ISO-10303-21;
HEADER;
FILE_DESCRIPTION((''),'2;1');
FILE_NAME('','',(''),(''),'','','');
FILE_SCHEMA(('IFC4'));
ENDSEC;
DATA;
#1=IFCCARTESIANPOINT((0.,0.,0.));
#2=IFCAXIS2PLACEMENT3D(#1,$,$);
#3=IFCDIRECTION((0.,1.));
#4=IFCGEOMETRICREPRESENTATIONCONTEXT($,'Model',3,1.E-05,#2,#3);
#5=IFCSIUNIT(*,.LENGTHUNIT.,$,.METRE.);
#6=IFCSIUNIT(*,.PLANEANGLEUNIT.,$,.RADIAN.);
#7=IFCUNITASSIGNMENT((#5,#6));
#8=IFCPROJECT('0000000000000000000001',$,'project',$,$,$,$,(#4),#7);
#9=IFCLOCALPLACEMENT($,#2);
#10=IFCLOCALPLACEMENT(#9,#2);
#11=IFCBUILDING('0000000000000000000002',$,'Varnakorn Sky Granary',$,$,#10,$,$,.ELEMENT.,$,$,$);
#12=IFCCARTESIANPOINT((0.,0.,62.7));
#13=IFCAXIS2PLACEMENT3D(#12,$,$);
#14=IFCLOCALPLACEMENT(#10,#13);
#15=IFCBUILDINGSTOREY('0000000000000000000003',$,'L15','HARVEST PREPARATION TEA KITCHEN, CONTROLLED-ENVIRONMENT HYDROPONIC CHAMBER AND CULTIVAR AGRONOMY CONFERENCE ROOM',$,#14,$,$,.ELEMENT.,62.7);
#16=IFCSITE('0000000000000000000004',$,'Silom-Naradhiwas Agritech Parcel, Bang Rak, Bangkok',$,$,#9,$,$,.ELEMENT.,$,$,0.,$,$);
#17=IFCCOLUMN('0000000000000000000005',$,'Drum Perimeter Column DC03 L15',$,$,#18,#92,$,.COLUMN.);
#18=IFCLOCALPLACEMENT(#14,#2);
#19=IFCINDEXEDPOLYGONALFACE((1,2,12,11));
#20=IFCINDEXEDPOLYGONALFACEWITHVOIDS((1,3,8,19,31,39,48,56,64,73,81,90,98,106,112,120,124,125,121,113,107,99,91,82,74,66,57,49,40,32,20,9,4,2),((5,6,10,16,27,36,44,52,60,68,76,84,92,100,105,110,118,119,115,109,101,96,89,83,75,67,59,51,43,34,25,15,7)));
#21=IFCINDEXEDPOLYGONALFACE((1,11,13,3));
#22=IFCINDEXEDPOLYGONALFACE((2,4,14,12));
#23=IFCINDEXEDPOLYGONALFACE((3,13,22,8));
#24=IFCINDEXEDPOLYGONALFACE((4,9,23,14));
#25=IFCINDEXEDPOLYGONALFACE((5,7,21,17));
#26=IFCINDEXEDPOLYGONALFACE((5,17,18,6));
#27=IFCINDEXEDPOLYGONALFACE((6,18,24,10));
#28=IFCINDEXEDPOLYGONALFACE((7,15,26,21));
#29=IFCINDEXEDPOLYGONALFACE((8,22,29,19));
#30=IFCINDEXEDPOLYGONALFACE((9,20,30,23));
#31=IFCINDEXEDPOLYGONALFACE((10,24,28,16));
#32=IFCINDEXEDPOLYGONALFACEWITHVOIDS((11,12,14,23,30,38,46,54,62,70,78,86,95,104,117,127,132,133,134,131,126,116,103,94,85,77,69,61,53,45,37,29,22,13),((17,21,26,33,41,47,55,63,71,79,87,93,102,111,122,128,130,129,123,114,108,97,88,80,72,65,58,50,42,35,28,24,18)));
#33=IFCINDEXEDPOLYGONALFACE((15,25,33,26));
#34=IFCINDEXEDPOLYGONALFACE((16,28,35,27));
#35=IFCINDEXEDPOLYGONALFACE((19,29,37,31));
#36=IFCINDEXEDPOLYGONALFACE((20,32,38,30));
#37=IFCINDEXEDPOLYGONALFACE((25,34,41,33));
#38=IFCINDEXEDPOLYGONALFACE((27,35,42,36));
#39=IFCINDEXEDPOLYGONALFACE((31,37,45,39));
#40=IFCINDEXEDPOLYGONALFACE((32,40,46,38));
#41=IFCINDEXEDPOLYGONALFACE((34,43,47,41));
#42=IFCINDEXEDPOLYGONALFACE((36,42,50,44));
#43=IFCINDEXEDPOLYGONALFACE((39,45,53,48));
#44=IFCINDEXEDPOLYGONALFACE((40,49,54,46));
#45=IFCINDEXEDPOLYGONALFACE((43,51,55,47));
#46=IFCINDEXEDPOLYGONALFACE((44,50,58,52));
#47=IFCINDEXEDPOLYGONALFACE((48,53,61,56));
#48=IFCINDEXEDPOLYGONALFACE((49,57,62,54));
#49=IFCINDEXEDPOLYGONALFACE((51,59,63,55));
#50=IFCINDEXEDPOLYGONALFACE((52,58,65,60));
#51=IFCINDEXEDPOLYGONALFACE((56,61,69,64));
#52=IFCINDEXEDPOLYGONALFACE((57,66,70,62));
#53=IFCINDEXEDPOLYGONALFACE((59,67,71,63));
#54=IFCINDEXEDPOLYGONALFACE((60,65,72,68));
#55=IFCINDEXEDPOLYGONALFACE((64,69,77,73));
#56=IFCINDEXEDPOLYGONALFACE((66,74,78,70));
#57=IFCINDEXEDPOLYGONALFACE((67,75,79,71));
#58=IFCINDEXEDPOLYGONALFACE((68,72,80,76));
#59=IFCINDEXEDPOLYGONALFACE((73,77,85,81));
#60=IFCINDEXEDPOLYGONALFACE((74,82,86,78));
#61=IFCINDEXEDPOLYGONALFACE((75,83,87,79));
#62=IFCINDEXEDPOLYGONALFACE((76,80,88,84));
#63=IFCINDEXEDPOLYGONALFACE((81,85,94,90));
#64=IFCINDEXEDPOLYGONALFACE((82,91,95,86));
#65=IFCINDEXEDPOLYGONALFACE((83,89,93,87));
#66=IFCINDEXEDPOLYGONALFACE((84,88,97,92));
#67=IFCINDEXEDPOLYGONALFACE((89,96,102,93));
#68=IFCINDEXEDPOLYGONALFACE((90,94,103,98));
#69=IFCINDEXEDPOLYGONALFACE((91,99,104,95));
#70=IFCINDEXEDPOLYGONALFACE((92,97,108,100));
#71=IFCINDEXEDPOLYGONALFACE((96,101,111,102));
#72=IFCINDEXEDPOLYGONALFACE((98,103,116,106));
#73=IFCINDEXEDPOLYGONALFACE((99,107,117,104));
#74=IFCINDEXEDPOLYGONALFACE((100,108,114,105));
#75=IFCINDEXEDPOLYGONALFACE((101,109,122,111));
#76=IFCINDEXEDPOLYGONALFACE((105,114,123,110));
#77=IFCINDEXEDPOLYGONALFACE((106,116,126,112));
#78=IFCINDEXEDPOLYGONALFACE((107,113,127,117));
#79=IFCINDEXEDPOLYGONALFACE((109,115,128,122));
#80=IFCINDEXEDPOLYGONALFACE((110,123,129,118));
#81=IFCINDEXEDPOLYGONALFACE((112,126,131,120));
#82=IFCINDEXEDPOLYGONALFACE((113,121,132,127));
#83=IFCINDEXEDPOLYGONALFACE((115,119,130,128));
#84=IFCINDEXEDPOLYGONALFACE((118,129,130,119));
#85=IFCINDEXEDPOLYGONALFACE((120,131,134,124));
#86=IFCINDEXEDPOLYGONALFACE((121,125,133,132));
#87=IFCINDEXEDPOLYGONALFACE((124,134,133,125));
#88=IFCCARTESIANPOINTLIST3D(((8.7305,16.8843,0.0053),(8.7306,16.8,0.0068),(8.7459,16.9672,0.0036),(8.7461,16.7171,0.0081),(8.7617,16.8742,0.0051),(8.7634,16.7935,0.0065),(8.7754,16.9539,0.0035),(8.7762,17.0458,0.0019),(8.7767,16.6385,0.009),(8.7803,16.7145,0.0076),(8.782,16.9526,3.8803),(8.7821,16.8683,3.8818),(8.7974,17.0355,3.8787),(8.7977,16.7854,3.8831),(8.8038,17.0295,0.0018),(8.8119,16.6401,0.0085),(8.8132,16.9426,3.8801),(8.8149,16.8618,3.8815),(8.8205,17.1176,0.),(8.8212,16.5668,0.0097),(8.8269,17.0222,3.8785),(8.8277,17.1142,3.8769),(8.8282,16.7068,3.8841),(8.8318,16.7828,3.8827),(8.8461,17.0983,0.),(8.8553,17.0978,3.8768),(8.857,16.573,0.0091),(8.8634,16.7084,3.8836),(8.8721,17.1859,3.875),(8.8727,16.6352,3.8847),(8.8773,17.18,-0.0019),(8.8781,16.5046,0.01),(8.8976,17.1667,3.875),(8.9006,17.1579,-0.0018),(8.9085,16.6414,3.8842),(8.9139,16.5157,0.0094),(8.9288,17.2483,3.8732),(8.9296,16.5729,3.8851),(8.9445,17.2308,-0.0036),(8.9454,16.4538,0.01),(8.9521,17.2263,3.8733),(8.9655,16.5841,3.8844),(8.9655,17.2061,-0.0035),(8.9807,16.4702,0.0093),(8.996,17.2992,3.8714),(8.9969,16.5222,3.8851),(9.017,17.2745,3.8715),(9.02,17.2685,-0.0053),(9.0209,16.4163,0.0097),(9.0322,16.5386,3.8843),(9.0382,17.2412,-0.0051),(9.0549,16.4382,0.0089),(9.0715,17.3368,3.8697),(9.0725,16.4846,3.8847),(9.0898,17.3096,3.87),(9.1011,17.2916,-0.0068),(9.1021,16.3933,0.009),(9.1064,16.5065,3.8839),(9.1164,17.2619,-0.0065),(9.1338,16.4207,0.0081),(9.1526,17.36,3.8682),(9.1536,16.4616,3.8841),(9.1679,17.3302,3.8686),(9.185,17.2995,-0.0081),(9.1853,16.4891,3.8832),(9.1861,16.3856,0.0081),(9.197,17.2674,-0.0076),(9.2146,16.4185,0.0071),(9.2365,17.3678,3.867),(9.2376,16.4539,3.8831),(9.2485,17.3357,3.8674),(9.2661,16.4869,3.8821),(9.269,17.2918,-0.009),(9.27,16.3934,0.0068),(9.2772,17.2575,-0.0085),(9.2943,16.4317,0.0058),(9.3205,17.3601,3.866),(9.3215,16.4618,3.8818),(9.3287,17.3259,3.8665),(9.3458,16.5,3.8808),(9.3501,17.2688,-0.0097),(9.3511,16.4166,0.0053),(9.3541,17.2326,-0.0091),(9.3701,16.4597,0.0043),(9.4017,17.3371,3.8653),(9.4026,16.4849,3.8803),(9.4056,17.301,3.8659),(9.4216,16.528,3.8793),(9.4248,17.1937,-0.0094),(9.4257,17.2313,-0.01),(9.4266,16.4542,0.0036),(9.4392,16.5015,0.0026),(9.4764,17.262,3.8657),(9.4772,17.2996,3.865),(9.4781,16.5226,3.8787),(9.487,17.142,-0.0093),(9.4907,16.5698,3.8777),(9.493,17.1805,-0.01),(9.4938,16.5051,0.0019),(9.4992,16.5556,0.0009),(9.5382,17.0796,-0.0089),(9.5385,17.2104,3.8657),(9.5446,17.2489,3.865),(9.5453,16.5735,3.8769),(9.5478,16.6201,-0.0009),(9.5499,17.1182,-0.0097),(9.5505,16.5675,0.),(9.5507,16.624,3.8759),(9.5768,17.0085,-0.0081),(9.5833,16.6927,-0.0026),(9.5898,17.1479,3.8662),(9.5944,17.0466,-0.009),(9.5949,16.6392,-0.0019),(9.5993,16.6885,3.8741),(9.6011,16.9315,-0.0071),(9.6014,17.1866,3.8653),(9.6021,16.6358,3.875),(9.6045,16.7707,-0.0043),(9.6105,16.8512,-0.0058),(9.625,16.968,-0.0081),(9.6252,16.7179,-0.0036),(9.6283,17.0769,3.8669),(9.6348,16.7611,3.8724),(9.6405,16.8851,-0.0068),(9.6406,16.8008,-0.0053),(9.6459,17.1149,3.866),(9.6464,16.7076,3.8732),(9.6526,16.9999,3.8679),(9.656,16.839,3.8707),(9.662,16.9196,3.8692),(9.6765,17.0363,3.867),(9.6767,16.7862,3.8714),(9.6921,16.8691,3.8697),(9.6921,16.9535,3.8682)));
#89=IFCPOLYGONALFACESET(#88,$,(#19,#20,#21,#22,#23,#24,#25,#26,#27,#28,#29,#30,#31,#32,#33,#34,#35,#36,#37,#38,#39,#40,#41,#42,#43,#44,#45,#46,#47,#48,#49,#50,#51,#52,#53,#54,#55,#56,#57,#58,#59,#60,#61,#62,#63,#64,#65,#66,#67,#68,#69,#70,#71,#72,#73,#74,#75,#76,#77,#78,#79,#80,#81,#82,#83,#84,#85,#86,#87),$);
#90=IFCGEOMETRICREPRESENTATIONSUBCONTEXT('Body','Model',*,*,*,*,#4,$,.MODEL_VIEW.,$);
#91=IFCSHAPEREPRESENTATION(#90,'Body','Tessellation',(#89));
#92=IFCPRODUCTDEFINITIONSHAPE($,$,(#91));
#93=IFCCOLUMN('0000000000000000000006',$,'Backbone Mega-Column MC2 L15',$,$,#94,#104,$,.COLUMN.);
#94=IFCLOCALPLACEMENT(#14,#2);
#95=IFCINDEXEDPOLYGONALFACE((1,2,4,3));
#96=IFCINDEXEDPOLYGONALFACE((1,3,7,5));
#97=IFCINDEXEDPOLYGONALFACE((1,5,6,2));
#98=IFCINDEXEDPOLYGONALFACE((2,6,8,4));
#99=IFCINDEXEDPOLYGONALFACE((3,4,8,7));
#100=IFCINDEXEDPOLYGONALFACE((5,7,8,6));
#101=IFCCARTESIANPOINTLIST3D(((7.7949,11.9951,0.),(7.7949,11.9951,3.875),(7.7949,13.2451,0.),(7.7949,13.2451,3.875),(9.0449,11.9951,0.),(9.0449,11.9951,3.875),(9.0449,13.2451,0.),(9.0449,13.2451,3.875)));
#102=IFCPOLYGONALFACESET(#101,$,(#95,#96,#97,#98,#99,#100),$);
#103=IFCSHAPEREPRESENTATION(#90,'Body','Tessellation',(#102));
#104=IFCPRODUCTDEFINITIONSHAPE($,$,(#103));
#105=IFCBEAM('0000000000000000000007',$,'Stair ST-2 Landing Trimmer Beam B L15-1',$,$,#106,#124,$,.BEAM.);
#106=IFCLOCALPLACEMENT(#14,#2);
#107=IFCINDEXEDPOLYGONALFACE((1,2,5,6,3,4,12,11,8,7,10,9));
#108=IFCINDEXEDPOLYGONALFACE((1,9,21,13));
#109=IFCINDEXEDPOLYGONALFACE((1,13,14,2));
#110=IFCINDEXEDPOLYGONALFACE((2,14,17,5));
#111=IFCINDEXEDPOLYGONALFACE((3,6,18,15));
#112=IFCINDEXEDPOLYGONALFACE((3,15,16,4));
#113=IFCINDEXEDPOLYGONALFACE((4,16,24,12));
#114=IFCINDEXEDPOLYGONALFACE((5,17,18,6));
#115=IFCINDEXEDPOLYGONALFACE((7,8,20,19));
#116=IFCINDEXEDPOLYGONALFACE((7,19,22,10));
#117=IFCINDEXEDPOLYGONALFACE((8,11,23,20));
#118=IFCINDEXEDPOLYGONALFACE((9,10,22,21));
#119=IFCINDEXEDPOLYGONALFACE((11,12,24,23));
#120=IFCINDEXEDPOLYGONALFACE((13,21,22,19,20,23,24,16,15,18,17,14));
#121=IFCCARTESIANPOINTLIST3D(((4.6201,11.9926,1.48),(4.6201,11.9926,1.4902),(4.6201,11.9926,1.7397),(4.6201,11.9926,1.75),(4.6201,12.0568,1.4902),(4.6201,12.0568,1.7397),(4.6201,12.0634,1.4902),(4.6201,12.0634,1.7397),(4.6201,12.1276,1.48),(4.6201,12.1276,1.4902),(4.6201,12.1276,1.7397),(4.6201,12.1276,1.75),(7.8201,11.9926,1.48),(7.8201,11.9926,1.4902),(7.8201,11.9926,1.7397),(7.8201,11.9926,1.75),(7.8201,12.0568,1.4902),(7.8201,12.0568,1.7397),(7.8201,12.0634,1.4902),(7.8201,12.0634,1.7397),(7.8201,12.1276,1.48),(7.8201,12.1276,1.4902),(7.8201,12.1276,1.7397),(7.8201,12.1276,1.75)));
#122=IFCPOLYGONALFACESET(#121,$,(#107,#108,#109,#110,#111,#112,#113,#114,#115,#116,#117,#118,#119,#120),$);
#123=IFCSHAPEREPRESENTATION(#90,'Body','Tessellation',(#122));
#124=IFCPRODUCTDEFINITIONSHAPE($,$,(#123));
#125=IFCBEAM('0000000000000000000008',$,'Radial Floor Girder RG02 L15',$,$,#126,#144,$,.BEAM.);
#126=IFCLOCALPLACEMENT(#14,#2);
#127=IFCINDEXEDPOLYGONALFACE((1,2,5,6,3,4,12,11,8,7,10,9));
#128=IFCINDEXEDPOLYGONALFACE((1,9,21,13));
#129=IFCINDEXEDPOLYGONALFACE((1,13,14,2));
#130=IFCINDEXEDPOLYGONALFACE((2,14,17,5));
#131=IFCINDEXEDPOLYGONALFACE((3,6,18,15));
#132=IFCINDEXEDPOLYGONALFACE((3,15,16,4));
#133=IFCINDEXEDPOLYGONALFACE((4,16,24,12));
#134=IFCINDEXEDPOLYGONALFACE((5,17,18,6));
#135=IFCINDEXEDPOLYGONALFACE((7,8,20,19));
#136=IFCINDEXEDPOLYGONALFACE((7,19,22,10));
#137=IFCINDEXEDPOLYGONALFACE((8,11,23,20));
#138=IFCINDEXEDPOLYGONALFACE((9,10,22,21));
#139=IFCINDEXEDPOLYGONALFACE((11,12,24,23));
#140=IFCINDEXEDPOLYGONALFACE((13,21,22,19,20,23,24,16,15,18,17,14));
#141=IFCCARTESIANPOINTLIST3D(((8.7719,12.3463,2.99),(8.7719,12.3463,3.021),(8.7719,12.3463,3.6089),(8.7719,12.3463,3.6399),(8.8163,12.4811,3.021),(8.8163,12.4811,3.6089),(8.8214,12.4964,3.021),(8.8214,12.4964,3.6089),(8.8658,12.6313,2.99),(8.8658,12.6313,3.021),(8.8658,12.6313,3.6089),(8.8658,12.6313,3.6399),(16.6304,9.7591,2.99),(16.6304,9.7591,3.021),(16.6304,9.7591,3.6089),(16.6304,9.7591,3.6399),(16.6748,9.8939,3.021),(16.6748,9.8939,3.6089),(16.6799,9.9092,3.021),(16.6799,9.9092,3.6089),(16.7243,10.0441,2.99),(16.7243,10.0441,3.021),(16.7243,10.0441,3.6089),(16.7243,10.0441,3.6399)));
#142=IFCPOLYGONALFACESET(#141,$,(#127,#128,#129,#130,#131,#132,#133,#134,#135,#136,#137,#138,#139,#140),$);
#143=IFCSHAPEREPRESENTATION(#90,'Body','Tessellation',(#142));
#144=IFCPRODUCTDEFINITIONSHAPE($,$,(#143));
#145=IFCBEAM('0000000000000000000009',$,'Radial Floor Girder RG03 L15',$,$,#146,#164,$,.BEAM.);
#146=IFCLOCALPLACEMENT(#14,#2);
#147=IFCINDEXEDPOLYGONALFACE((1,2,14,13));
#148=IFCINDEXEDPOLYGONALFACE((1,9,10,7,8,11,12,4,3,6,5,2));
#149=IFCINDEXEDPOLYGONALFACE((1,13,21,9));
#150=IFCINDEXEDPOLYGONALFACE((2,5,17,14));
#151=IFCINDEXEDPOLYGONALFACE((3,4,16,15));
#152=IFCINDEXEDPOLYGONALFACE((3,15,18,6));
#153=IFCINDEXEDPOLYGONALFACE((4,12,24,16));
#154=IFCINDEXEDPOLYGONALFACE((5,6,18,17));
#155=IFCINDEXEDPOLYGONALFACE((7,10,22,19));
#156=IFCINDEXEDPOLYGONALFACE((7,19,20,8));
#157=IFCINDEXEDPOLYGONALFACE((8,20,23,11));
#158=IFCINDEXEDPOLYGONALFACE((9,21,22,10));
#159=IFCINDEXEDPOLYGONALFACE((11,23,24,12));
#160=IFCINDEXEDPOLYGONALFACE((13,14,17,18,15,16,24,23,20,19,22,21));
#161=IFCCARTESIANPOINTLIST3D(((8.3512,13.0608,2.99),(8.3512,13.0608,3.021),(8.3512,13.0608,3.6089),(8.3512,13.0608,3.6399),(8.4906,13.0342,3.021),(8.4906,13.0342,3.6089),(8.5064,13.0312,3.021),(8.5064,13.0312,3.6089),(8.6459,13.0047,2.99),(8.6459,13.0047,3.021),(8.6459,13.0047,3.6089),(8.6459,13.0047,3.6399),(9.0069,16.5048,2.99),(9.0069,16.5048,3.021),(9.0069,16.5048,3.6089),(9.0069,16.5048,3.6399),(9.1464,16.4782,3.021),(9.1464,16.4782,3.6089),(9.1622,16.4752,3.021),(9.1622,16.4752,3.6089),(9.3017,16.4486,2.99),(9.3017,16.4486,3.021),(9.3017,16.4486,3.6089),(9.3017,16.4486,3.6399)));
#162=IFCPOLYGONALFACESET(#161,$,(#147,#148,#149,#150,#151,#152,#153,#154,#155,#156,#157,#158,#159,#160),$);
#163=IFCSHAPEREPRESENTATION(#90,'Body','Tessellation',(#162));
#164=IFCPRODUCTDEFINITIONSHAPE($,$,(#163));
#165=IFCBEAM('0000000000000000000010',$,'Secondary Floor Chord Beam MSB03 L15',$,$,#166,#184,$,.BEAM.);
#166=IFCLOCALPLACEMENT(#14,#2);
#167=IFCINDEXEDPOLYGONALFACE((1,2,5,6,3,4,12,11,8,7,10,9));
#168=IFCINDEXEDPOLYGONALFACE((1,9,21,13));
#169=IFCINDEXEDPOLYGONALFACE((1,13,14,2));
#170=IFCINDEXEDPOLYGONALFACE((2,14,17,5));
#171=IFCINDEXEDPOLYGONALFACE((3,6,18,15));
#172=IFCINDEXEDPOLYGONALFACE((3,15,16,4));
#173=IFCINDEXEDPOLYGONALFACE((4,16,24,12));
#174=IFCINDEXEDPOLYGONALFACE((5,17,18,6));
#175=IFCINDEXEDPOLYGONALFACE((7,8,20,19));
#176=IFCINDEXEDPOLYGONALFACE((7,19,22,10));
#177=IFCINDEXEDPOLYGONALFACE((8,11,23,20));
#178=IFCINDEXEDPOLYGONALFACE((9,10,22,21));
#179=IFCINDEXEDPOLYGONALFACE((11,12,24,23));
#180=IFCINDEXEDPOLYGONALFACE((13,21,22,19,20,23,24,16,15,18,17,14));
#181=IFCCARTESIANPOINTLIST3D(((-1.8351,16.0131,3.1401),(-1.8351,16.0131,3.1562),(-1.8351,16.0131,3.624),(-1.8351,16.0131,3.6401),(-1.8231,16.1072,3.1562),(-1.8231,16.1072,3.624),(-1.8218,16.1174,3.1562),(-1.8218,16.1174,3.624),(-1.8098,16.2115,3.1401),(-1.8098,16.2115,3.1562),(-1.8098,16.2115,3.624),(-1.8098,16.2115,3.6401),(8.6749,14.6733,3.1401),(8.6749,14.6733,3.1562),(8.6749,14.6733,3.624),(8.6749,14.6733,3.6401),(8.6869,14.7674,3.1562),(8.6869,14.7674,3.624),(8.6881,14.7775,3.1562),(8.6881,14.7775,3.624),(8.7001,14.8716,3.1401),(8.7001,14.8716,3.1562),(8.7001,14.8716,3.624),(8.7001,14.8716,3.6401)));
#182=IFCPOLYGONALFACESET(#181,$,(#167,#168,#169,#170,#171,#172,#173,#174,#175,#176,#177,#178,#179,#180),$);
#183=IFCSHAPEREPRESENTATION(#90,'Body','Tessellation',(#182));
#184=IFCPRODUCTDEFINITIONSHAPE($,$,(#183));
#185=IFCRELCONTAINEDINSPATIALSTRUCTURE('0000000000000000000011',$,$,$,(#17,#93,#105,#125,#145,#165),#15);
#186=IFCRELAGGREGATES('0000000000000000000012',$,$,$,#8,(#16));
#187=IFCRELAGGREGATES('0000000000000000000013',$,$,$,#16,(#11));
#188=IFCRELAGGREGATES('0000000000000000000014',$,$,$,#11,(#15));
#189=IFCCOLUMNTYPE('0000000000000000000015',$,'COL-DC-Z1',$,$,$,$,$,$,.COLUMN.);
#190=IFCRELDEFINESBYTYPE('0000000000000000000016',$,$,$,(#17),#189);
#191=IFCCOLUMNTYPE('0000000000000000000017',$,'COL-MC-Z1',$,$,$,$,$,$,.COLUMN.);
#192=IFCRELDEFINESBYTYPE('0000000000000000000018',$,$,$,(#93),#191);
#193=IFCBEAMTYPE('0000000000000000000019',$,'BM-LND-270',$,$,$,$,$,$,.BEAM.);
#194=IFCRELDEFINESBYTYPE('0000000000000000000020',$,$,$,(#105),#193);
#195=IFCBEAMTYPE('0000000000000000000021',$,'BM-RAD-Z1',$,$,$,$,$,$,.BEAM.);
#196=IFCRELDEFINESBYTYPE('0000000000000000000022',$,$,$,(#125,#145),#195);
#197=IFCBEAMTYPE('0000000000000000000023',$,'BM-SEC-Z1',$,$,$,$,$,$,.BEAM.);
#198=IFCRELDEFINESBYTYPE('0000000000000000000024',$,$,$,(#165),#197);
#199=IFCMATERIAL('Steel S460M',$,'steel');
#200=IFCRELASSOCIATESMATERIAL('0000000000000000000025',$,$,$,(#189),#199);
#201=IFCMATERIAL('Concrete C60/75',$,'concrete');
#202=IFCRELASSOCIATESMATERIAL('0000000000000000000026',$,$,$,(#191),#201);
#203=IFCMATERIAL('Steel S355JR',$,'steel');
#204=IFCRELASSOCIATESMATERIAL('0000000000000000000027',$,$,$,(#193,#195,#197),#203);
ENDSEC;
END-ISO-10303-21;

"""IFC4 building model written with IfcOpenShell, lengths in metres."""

from ifc_helpers import new_model, si_unit, direction, frame, origin, origin_2d, place, context, subcontext, project, spatial, rectangle, hollow_circle, i_section, extrude, material, material_profile, profile_set, type_object, element, save


model = new_model("IFC4")

# Units and contexts
model_context = context("Model", 3, precision=1e-05, world=origin(), true_north=direction((0.0, 1.0)))
body_context = subcontext(model_context, "Body", "Model", "MODEL_VIEW")
ifc_project = project(units=[si_unit("LENGTHUNIT", "METRE"), si_unit("PLANEANGLEUNIT", "RADIAN")], contexts=[model_context])

# Site, building, storey
site_placement = place(None, origin())
site = spatial("IfcSite", under=ifc_project, at=site_placement, Name="Silom-Naradhiwas Agritech Parcel, Bang Rak, Bangkok", CompositionType="ELEMENT", RefElevation=0.0)
building_placement = place(site_placement, origin())
building = spatial("IfcBuilding", under=site, at=building_placement, Name="Varnakorn Sky Granary", CompositionType="ELEMENT")
storey_placement = place(building_placement, frame((0.0, 0.0, 62.7)))
storey = spatial("IfcBuildingStorey", under=building, at=storey_placement, Name="L15", Description="HARVEST PREPARATION TEA KITCHEN, CONTROLLED-ENVIRONMENT HYDROPONIC CHAMBER AND CULTIVAR AGRONOMY CONFERENCE ROOM", CompositionType="ELEMENT", Elevation=62.7)

# Columns
ifc_material_1 = material(Name="Steel S460M", Category="steel")
ifc_material_profile_1 = material_profile(ifc_material_1, hollow_circle(Radius=0.457, WallThickness=0.032, at=origin_2d()), Name="CHS 914x32")
ifc_profile_set_1 = profile_set([ifc_material_profile_1], Name="Steel S460M")
column_type_1 = type_object("IfcColumnType", Name="COL-DC-Z1", PredefinedType="COLUMN", material=ifc_profile_set_1)
column_1_placement = place(storey_placement, frame((9.1855, 16.8425, 0.0), z_axis=(0.013291, 0.017637, 0.999756), x_axis=(-0.798629, 0.601824, 0.0)))
element("IfcColumn", 1, at=column_1_placement, inside=storey, type_object=column_type_1, Name="Drum Perimeter Column DC03 L15", PredefinedType="COLUMN", context=body_context, shape_type="SweptSolid", body=[
    extrude(hollow_circle(Radius=0.457, WallThickness=0.032, at=origin_2d()), origin(), (0.0, 0.0, 1.0), 3.876),
])
ifc_material_2 = material(Name="Concrete C60/75", Category="concrete")
ifc_material_profile_2 = material_profile(ifc_material_2, rectangle(XDim=1.25, YDim=1.25, at=origin_2d()), Name="RC 1250x1250")
ifc_profile_set_2 = profile_set([ifc_material_profile_2], Name="Concrete C60/75")
column_type_2 = type_object("IfcColumnType", Name="COL-MC-Z1", PredefinedType="COLUMN", material=ifc_profile_set_2)
column_2_placement = place(storey_placement, frame((8.4199, 12.6201, 0.0), z_axis=(0.0, 0.0, 1.0), x_axis=(1.0, 0.0, 0.0)))
element("IfcColumn", 2, at=column_2_placement, inside=storey, type_object=column_type_2, Name="Backbone Mega-Column MC2 L15", PredefinedType="COLUMN", context=body_context, shape_type="SweptSolid", body=[
    extrude(rectangle(XDim=1.25, YDim=1.25, at=origin_2d()), origin(), (0.0, 0.0, 1.0), 3.875),
])

# Beams
ifc_material_3 = material(Name="Steel S355JR", Category="steel")
ifc_material_profile_3 = material_profile(ifc_material_3, i_section(OverallWidth=0.135, OverallDepth=0.27, WebThickness=0.0066, FlangeThickness=0.0103, at=origin_2d()), Name="IPE 270")
ifc_profile_set_3 = profile_set([ifc_material_profile_3], Name="Steel S355JR")
beam_type_1 = type_object("IfcBeamType", Name="BM-LND-270", PredefinedType="BEAM", material=ifc_profile_set_3)
beam_1_placement = place(storey_placement, frame((4.6201, 12.0601, 1.615), z_axis=(1.0, 0.0, 0.0), x_axis=(0.0, 1.0, 0.0)))
element("IfcBeam", 3, at=beam_1_placement, inside=storey, type_object=beam_type_1, Name="Stair ST-2 Landing Trimmer Beam B L15-1", PredefinedType="BEAM", context=body_context, shape_type="SweptSolid", body=[
    extrude(i_section(OverallWidth=0.135, OverallDepth=0.27, WebThickness=0.0066, FlangeThickness=0.0103, at=origin_2d()), origin(), (0.0, 0.0, 1.0), 3.2),
])
ifc_material_profile_4 = material_profile(ifc_material_3, i_section(OverallWidth=0.3, OverallDepth=0.6499, WebThickness=0.0161, FlangeThickness=0.031, at=origin_2d()), Name="HE 650 B")
ifc_profile_set_4 = profile_set([ifc_material_profile_4], Name="Steel S355JR")
beam_type_2 = type_object("IfcBeamType", Name="BM-RAD-Z1", PredefinedType="BEAM", material=ifc_profile_set_4)
beam_2_placement = place(storey_placement, frame((8.8188, 12.4888, 3.3149), z_axis=(0.949848, -0.312711, 0.0), x_axis=(0.312711, 0.949848, 0.0)))
element("IfcBeam", 4, at=beam_2_placement, inside=storey, type_object=beam_type_2, Name="Radial Floor Girder RG02 L15", PredefinedType="BEAM", context=body_context, shape_type="SweptSolid", body=[
    extrude(i_section(OverallWidth=0.3, OverallDepth=0.6499, WebThickness=0.0161, FlangeThickness=0.031, at=origin_2d()), origin(), (0.0, 0.0, 1.0), 8.2734),
])
beam_3_placement = place(storey_placement, frame((8.4985, 13.0327, 3.3149), z_axis=(0.187042, 0.982352, 0.0), x_axis=(-0.982352, 0.187042, 0.0)))
element("IfcBeam", 5, at=beam_3_placement, inside=storey, type_object=beam_type_2, Name="Radial Floor Girder RG03 L15", PredefinedType="BEAM", context=body_context, shape_type="SweptSolid", body=[
    extrude(i_section(OverallWidth=0.3, OverallDepth=0.6499, WebThickness=0.0161, FlangeThickness=0.031, at=origin_2d()), origin(), (0.0, 0.0, 1.0), 3.5059),
])
ifc_material_profile_5 = material_profile(ifc_material_3, i_section(OverallWidth=0.2, OverallDepth=0.5, WebThickness=0.0103, FlangeThickness=0.0161, at=origin_2d()), Name="IPE 500")
ifc_profile_set_5 = profile_set([ifc_material_profile_5], Name="Steel S355JR")
beam_type_3 = type_object("IfcBeamType", Name="BM-SEC-Z1", PredefinedType="BEAM", material=ifc_profile_set_5)
beam_4_placement = place(storey_placement, frame((8.6875, 14.7725, 3.3901), z_axis=(-0.991972, 0.126459, 0.0), x_axis=(-0.126459, -0.991972, 0.0)))
element("IfcBeam", 6, at=beam_4_placement, inside=storey, type_object=beam_type_3, Name="Secondary Floor Chord Beam MSB03 L15", PredefinedType="BEAM", context=body_context, shape_type="SweptSolid", body=[
    extrude(i_section(OverallWidth=0.2, OverallDepth=0.5, WebThickness=0.0103, FlangeThickness=0.0161, at=origin_2d()), origin(), (0.0, 0.0, 1.0), 10.595),
])

save(model, "model.ifc")
